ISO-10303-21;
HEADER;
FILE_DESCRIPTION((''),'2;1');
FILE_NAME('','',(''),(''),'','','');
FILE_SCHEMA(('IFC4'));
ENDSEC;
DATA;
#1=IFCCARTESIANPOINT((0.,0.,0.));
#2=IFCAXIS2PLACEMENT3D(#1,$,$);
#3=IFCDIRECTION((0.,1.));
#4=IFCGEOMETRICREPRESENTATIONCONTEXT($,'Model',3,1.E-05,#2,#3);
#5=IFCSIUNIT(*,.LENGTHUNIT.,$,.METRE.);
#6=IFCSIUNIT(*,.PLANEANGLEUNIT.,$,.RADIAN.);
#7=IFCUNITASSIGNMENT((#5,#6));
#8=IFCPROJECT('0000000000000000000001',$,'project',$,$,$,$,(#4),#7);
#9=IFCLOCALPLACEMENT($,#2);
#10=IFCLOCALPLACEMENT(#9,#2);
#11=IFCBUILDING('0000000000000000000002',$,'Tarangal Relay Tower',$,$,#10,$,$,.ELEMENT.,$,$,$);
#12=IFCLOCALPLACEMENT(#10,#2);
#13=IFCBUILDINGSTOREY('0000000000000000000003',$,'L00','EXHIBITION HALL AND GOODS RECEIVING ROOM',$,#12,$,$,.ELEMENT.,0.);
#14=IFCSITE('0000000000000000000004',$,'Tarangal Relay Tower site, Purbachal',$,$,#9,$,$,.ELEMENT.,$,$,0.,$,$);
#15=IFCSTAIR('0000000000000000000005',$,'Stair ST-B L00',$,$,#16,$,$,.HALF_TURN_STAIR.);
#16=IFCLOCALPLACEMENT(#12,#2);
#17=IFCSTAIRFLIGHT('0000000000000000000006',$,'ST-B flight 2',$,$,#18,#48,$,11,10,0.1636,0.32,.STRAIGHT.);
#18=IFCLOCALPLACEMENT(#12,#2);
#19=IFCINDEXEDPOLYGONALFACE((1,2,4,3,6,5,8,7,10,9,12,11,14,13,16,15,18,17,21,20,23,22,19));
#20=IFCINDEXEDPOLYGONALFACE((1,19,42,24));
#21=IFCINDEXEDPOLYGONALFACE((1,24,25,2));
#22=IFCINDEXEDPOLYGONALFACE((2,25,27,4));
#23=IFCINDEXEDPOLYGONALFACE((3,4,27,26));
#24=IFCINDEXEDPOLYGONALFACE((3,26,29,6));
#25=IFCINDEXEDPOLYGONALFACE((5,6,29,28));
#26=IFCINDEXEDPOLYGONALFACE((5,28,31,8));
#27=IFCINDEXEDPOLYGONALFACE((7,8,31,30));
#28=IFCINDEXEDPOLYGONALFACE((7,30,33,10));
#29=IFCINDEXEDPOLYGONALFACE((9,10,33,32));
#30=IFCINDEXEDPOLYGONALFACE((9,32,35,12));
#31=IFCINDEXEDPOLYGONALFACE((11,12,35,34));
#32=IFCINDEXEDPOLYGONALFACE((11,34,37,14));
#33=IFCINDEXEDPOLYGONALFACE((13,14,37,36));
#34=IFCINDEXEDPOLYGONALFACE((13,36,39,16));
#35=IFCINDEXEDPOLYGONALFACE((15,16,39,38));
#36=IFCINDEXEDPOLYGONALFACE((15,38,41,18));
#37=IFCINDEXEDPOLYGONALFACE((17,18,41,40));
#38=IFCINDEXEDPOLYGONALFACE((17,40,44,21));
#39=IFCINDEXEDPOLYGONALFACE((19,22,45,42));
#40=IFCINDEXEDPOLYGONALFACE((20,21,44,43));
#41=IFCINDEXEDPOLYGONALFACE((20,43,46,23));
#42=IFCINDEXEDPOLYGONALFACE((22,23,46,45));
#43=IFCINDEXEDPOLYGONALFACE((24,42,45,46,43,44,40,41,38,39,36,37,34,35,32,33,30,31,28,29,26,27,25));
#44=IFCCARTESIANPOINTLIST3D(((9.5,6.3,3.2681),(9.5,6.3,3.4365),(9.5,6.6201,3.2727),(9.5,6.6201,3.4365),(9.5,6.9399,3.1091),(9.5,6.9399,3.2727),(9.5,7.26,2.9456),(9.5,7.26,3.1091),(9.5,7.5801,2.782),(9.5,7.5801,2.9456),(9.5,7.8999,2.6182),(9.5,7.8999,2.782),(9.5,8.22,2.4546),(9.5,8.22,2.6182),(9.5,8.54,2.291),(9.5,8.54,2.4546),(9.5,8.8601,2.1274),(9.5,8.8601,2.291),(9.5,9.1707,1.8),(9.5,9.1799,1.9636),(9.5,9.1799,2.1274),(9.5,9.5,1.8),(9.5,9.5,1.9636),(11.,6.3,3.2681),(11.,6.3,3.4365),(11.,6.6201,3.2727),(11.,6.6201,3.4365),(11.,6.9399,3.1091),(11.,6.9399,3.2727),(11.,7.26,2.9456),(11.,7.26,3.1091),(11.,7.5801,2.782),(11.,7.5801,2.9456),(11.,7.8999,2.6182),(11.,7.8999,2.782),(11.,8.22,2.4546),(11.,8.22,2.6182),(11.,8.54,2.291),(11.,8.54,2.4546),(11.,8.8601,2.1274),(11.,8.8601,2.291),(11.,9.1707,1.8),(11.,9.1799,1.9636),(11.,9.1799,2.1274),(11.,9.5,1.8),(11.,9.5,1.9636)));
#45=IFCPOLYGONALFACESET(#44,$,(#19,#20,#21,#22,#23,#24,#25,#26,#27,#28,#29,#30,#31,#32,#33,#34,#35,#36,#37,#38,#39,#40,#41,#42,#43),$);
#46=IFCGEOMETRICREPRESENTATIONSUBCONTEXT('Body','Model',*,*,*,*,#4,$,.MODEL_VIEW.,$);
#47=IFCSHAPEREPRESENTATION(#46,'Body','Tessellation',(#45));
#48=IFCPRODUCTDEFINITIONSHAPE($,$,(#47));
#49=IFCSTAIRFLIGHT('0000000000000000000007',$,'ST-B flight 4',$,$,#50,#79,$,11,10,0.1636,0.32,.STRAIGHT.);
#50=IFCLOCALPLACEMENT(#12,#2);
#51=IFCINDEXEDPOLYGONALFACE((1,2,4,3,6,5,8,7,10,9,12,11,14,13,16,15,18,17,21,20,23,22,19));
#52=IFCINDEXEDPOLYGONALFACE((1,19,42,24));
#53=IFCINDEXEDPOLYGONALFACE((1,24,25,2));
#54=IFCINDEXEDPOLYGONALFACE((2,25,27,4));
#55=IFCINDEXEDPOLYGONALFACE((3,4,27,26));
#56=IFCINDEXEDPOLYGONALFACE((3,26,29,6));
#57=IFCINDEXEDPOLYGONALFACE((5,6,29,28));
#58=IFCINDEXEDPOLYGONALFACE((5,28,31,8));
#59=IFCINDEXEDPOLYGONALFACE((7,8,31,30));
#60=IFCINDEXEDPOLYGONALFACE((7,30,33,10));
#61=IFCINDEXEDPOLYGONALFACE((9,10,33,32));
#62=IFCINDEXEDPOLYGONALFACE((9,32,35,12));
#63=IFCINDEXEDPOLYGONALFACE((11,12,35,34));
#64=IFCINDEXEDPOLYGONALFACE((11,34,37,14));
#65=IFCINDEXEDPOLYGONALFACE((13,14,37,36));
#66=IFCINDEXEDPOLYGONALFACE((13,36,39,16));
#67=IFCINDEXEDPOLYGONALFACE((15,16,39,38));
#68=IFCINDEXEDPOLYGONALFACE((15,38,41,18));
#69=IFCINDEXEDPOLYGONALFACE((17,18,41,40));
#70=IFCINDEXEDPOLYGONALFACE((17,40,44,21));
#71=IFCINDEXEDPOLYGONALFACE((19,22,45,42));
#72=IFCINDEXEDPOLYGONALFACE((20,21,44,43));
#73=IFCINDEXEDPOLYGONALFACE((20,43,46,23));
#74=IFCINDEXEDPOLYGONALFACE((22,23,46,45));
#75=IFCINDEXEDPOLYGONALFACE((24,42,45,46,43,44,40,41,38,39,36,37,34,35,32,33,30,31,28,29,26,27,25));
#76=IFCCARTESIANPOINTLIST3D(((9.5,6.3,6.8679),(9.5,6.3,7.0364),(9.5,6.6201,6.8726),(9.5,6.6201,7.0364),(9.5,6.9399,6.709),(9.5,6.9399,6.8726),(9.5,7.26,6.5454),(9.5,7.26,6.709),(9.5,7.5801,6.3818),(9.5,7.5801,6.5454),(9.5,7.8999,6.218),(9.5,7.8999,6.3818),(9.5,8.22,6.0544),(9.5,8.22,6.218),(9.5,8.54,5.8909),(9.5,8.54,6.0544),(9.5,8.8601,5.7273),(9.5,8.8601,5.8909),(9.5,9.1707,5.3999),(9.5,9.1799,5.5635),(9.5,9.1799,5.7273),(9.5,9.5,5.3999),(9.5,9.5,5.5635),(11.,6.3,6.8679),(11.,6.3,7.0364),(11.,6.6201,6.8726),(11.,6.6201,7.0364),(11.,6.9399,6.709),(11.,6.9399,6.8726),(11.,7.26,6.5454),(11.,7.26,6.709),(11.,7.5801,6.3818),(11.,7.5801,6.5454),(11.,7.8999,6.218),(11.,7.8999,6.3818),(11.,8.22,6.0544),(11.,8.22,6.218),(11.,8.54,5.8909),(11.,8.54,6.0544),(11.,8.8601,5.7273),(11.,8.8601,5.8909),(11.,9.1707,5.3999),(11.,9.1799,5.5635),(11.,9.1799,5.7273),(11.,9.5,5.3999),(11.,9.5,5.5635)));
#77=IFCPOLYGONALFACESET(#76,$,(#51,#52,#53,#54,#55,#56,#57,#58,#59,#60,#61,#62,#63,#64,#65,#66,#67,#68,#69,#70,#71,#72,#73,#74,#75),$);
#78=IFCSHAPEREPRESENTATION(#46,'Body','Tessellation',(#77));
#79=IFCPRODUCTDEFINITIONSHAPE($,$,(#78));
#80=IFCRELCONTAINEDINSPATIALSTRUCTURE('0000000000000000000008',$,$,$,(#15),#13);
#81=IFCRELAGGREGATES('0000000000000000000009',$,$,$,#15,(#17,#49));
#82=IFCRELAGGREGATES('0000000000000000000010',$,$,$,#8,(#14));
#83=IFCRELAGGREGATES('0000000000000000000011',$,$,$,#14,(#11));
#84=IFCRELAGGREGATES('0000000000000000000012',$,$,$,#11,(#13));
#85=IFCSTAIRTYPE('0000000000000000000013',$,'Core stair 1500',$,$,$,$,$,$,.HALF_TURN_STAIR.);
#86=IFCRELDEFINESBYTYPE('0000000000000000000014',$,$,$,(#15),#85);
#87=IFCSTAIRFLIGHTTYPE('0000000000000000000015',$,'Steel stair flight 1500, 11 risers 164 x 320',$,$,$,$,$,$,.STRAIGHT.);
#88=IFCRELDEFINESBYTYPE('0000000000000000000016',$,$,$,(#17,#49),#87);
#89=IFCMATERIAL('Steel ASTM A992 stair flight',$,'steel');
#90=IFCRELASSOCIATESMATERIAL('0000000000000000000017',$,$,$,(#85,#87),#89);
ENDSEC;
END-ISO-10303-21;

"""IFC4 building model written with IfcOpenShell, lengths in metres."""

from ifc_helpers import new_model, si_unit, direction, frame, origin, place, context, subcontext, project, spatial, polyline, outline, extrude, material, type_object, element, aggregate, save


model = new_model("IFC4")

# Units and contexts
model_context = context("Model", 3, precision=1e-05, world=origin(), true_north=direction((0.0, 1.0)))
body_context = subcontext(model_context, "Body", "Model", "MODEL_VIEW")
ifc_project = project(units=[si_unit("LENGTHUNIT", "METRE"), si_unit("PLANEANGLEUNIT", "RADIAN")], contexts=[model_context])

# Site, building, storey
site_placement = place(None, origin())
site = spatial("IfcSite", under=ifc_project, at=site_placement, Name="Tarangal Relay Tower site, Purbachal", CompositionType="ELEMENT", RefElevation=0.0)
building_placement = place(site_placement, origin())
building = spatial("IfcBuilding", under=site, at=building_placement, Name="Tarangal Relay Tower", CompositionType="ELEMENT")
storey_placement = place(building_placement, origin())
storey = spatial("IfcBuildingStorey", under=building, at=storey_placement, Name="L00", Description="EXHIBITION HALL AND GOODS RECEIVING ROOM", CompositionType="ELEMENT", Elevation=0.0)

# Stair, stair flights
ifc_material_1 = material(Name="Steel ASTM A992 stair flight", Category="steel")
stair_type = type_object("IfcStairType", Name="Core stair 1500", PredefinedType="HALF_TURN_STAIR", material=ifc_material_1)
stair_placement = place(storey_placement, origin())
stair = element("IfcStair", 1, at=stair_placement, inside=storey, type_object=stair_type, Name="Stair ST-B L00", PredefinedType="HALF_TURN_STAIR")
stair_flight_type = type_object("IfcStairFlightType", Name="Steel stair flight 1500, 11 risers 164 x 320", PredefinedType="STRAIGHT", material=ifc_material_1)
stair_flight_1_placement = place(storey_placement, frame((10.25, 9.5, 1.8), z_axis=(0.0, 0.0, 1.0), x_axis=(0.0, -1.0, 0.0)))
stair_flight_1 = element("IfcStairFlight", 2, at=stair_flight_1_placement, type_object=stair_flight_type, Name="ST-B flight 2", NumberOfRisers=11, NumberOfTreads=10, PredefinedType="STRAIGHT", RiserHeight=0.1636, TreadLength=0.32, context=body_context, shape_type="SweptSolid", body=[
    extrude(outline(polyline([(0.0, 0.0), (0.0, 0.1636), (0.3201, 0.1636), (0.3201, 0.3274), (0.6399, 0.3274), (0.6399, 0.491), (0.96, 0.491), (0.96, 0.6545), (1.28, 0.6545), (1.28, 0.8181), (1.6001, 0.8181), (1.6001, 0.9819), (1.9199, 0.9819), (1.9199, 1.1455), (2.24, 1.1455), (2.24, 1.3091), (2.5601, 1.3091), (2.5601, 1.4727), (2.8799, 1.4727), (2.8799, 1.6365), (3.2, 1.6365), (3.2, 1.8), (3.2, 1.468), (0.3293, 0.0), (0.0, 0.0)])), frame((0.0, 0.75, 0.0), z_axis=(0.0, -1.0, 0.0), x_axis=(1.0, 0.0, 0.0)), (0.0, 0.0, 1.0), 1.5),
])
stair_flight_2_placement = place(storey_placement, frame((10.25, 9.5, 5.3999), z_axis=(0.0, 0.0, 1.0), x_axis=(0.0, -1.0, 0.0)))
stair_flight_2 = element("IfcStairFlight", 3, at=stair_flight_2_placement, type_object=stair_flight_type, Name="ST-B flight 4", NumberOfRisers=11, NumberOfTreads=10, PredefinedType="STRAIGHT", RiserHeight=0.1636, TreadLength=0.32, context=body_context, shape_type="SweptSolid", body=[
    extrude(outline(polyline([(0.0, 0.0), (0.0, 0.1636), (0.3201, 0.1636), (0.3201, 0.3274), (0.6399, 0.3274), (0.6399, 0.491), (0.96, 0.491), (0.96, 0.6545), (1.28, 0.6545), (1.28, 0.8181), (1.6001, 0.8181), (1.6001, 0.9819), (1.9199, 0.9819), (1.9199, 1.1455), (2.24, 1.1455), (2.24, 1.3091), (2.5601, 1.3091), (2.5601, 1.4727), (2.8799, 1.4727), (2.8799, 1.6365), (3.2, 1.6365), (3.2, 1.8), (3.2, 1.468), (0.3293, 0.0), (0.0, 0.0)])), frame((0.0, 0.75, 0.0), z_axis=(0.0, -1.0, 0.0), x_axis=(1.0, 0.0, 0.0)), (0.0, 0.0, 1.0), 1.5),
])
aggregate(stair, [stair_flight_1, stair_flight_2])

save(model, "model.ifc")
